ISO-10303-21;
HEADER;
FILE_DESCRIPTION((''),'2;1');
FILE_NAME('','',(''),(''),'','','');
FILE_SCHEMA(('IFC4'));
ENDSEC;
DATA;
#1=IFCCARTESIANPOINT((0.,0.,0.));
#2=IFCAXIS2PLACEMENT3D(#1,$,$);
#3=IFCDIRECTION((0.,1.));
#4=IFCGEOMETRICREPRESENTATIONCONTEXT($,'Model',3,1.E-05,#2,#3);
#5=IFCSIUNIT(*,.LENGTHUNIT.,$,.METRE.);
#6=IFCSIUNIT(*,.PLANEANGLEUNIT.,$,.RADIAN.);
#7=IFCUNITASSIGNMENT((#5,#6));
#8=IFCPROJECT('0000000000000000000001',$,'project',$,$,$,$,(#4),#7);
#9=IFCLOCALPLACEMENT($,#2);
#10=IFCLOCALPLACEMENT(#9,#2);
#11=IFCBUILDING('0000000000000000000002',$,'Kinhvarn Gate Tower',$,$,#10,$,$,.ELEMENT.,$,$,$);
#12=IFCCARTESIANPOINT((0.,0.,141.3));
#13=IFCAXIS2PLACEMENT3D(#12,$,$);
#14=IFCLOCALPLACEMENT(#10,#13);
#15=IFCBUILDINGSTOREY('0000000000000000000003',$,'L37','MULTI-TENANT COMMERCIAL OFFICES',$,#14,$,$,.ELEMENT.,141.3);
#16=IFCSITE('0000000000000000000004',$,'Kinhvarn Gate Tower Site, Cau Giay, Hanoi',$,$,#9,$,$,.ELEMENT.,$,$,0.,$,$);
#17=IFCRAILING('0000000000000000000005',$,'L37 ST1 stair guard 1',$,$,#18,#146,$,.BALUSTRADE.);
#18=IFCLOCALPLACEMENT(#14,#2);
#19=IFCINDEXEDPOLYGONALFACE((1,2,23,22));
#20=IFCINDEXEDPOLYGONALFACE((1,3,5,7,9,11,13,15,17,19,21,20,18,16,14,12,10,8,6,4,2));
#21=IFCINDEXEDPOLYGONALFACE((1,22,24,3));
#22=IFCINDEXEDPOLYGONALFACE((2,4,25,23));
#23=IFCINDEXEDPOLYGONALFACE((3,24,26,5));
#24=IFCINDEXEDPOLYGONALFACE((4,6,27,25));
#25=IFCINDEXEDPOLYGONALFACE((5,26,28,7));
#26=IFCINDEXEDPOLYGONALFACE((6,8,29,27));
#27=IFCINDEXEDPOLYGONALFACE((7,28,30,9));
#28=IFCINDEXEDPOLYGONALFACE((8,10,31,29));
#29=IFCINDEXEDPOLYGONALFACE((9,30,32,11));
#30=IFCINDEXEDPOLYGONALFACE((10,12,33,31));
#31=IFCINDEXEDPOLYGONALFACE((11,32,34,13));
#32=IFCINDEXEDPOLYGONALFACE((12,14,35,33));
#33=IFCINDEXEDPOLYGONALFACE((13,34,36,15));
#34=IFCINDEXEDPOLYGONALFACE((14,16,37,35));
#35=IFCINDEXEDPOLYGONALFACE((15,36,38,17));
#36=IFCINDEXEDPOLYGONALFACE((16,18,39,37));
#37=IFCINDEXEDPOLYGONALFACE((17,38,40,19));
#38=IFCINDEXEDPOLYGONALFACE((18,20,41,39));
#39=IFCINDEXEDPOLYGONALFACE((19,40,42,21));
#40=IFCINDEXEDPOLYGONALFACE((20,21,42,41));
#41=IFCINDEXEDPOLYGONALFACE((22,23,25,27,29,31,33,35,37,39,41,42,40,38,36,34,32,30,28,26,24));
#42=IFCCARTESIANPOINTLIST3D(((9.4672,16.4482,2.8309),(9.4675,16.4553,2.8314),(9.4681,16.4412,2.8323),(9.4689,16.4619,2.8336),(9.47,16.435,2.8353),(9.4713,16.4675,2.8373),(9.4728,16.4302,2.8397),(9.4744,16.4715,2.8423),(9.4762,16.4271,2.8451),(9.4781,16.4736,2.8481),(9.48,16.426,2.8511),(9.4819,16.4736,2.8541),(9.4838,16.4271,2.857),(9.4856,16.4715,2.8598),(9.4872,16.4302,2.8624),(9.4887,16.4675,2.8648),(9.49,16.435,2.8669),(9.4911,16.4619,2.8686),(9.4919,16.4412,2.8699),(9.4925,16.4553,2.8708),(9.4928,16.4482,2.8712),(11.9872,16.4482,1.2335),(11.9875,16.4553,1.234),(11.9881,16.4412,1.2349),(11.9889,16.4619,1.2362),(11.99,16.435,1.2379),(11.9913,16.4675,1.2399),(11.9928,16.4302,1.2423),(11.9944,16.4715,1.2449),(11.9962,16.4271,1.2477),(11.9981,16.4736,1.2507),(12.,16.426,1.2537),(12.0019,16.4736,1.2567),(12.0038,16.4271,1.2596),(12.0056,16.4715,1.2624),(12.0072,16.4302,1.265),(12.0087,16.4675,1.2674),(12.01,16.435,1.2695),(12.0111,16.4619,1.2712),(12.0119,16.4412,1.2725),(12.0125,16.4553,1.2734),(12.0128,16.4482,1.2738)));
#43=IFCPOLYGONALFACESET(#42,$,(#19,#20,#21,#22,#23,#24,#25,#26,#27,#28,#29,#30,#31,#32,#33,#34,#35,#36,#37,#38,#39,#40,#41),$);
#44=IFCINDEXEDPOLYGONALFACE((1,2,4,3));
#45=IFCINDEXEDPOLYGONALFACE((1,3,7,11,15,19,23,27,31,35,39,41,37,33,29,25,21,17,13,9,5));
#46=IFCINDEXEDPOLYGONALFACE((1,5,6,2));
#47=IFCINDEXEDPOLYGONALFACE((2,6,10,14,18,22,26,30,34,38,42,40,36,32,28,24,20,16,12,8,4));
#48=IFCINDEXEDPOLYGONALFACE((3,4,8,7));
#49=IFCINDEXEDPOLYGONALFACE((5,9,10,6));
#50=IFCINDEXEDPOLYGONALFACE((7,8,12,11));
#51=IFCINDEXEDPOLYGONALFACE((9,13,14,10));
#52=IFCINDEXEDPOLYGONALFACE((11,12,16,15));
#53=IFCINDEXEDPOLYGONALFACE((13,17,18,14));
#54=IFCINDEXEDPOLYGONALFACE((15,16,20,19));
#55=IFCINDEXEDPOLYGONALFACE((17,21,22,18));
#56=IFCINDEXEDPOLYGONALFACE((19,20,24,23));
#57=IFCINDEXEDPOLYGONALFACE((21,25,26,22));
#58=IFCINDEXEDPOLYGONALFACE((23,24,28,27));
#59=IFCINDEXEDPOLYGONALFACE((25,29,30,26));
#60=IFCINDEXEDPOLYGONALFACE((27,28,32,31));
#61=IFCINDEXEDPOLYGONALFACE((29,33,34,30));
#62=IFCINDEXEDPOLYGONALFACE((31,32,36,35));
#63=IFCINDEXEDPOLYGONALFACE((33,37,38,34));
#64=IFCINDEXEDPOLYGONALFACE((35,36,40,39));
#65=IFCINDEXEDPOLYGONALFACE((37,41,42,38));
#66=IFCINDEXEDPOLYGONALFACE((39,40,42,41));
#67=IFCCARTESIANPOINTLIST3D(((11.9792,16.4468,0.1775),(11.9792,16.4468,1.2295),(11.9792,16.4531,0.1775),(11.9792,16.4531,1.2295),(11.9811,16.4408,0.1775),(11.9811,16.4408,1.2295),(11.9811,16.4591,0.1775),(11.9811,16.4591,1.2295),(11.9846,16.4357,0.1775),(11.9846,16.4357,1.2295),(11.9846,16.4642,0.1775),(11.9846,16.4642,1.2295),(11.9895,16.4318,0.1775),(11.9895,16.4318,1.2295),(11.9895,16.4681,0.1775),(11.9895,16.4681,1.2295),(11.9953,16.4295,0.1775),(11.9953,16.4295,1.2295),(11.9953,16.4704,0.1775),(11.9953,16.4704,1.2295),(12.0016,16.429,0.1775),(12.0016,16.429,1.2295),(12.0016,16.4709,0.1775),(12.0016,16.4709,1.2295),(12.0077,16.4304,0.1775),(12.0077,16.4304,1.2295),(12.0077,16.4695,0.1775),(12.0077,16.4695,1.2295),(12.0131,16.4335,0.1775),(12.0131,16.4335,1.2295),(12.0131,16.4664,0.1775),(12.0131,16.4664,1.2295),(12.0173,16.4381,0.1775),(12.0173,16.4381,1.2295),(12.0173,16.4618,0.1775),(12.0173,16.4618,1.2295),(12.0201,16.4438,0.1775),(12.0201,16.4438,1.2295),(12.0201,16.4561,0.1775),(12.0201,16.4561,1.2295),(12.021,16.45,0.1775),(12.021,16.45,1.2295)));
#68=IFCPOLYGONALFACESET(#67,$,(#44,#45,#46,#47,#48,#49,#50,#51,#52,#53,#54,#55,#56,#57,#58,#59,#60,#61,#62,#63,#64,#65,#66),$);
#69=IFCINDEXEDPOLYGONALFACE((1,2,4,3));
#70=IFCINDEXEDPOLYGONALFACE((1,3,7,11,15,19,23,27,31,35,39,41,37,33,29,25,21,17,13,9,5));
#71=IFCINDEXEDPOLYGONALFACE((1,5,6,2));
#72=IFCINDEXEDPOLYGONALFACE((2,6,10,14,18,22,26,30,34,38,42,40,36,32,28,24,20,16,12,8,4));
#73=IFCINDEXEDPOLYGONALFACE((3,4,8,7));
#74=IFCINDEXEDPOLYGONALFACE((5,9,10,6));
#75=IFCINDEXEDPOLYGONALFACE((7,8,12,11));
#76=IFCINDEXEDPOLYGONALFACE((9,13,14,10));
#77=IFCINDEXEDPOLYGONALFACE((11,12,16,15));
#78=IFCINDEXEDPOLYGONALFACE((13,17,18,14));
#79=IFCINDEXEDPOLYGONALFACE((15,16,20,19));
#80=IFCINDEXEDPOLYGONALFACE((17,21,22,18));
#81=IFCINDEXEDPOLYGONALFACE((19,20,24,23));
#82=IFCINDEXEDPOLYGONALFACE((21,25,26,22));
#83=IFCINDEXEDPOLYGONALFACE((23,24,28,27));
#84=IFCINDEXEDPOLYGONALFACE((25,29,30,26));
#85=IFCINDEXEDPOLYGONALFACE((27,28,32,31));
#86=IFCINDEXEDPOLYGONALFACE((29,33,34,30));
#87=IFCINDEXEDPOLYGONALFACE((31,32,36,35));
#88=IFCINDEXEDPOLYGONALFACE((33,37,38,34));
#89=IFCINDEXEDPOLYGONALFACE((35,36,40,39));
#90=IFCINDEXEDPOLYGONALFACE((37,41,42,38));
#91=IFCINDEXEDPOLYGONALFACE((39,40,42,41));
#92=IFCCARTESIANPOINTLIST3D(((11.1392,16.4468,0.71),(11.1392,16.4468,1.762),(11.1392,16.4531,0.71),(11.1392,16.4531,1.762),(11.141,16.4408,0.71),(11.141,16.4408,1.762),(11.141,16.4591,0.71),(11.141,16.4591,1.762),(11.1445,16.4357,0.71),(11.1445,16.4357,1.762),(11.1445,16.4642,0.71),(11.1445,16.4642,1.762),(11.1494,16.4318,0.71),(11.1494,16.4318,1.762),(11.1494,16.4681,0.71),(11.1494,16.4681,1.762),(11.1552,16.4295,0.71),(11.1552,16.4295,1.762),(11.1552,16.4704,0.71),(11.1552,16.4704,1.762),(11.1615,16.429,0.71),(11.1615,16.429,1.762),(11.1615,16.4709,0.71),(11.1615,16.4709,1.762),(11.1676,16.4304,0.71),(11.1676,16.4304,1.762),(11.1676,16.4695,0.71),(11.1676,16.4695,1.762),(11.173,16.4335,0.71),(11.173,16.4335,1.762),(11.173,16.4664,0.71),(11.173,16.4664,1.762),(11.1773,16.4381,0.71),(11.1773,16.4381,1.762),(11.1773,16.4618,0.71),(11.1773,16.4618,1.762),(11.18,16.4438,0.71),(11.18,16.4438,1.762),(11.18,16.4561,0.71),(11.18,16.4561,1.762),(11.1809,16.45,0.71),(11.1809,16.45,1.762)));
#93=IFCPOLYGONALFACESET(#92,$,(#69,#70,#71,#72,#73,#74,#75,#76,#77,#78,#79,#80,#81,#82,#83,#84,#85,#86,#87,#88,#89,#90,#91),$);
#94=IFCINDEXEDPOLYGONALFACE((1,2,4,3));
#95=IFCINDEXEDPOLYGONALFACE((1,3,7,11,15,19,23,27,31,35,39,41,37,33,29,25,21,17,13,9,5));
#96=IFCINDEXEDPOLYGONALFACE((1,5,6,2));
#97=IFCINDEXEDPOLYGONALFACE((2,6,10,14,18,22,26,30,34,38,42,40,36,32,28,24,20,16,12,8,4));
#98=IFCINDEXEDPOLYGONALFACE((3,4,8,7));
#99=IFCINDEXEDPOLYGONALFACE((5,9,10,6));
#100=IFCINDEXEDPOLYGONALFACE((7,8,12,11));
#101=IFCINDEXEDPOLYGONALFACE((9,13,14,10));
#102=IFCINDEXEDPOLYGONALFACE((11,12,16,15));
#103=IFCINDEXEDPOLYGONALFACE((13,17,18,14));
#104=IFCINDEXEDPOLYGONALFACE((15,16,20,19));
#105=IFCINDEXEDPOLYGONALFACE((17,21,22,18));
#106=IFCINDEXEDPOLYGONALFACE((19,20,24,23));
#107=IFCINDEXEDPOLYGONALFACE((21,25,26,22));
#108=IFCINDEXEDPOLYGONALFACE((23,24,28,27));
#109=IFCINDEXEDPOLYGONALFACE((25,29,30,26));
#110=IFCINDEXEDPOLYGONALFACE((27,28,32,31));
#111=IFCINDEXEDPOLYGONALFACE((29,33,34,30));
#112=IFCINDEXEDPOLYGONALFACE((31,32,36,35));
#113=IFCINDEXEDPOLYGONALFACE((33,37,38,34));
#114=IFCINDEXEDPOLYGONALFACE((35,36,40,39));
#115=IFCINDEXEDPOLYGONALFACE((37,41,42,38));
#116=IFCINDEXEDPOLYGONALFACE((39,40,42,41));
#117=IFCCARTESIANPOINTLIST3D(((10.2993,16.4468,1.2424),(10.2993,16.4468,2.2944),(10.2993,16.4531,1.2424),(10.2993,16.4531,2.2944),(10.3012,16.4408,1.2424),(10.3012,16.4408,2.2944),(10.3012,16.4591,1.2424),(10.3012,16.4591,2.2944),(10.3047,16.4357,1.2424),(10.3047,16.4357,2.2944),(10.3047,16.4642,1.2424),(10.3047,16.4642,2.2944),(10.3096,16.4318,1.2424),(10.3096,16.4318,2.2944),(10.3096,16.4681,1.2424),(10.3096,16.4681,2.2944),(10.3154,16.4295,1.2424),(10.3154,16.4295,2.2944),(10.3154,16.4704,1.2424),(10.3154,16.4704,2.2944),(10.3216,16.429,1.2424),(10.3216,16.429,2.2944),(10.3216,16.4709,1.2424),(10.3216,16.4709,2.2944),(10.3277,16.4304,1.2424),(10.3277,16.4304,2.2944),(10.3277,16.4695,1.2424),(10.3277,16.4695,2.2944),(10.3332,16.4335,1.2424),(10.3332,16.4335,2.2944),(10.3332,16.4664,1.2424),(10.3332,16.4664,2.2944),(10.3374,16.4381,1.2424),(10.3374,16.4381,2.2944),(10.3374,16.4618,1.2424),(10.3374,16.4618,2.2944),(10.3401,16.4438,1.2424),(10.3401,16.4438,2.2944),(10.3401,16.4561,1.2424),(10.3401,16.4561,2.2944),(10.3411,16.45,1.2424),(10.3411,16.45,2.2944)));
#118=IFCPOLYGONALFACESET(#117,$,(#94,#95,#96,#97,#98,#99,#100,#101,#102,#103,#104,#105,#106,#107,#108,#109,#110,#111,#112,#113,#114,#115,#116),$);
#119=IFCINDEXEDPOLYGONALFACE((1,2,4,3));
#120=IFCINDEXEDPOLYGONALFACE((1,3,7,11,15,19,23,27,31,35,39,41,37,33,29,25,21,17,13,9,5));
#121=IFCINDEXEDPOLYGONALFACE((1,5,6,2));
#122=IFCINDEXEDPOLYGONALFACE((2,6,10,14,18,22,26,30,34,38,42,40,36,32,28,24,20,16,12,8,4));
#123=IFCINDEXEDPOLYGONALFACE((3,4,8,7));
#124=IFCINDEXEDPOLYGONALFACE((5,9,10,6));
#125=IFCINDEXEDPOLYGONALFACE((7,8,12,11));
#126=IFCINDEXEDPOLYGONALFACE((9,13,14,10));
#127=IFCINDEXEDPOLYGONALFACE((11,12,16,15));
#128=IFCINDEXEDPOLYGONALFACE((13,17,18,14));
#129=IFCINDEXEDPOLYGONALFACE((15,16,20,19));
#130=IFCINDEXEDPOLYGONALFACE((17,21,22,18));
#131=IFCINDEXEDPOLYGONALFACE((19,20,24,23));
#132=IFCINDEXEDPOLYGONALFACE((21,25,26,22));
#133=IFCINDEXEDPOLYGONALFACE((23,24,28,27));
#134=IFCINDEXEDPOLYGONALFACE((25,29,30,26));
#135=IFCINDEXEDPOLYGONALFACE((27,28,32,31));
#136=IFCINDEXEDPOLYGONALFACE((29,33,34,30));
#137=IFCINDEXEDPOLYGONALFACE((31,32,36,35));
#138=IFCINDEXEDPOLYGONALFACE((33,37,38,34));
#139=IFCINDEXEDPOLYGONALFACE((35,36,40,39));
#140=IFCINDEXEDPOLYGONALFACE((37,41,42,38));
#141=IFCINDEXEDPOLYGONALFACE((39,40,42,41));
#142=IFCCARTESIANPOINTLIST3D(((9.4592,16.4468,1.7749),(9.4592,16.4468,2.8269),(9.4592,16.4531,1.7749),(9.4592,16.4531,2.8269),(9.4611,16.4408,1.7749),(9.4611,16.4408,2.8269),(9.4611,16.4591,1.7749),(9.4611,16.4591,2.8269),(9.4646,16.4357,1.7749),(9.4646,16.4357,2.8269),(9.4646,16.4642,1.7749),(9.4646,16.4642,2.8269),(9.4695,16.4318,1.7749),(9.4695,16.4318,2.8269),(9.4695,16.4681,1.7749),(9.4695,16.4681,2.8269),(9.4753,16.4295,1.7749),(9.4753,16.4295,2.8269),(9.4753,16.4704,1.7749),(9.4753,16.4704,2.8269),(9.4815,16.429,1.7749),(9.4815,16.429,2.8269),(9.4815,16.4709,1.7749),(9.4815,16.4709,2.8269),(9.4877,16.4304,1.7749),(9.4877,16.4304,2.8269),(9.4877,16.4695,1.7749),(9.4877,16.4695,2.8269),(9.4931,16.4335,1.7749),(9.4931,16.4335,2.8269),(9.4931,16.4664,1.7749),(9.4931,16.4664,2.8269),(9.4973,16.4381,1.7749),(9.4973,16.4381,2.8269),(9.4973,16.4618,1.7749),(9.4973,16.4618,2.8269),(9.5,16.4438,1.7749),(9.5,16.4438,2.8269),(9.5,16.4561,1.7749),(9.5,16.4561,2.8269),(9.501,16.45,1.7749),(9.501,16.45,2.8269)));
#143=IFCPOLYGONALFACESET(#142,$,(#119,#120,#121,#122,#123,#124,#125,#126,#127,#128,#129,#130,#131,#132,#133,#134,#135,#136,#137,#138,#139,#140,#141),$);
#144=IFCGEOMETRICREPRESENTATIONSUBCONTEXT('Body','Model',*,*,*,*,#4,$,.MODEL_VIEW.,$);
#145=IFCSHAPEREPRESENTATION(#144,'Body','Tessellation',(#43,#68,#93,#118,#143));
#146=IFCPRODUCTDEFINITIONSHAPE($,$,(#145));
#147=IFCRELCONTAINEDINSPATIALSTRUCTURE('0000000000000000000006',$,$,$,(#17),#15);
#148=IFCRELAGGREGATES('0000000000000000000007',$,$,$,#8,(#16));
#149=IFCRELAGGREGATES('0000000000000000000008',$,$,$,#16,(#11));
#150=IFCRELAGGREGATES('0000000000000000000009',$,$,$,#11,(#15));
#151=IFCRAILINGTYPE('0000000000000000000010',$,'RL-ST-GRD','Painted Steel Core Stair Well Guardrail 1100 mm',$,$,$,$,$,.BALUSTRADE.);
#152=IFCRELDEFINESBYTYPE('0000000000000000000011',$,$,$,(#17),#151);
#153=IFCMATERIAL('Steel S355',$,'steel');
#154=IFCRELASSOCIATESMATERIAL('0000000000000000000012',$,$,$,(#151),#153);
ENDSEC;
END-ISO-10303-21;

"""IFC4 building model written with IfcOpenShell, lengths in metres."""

from ifc_helpers import new_model, si_unit, direction, frame, origin, origin_2d, place, context, subcontext, project, spatial, circle, extrude, material, type_object, element, save


model = new_model("IFC4")

# Units and contexts
model_context = context("Model", 3, precision=1e-05, world=origin(), true_north=direction((0.0, 1.0)))
body_context = subcontext(model_context, "Body", "Model", "MODEL_VIEW")
ifc_project = project(units=[si_unit("LENGTHUNIT", "METRE"), si_unit("PLANEANGLEUNIT", "RADIAN")], contexts=[model_context])

# Site, building, storey
site_placement = place(None, origin())
site = spatial("IfcSite", under=ifc_project, at=site_placement, Name="Kinhvarn Gate Tower Site, Cau Giay, Hanoi", CompositionType="ELEMENT", RefElevation=0.0)
building_placement = place(site_placement, origin())
building = spatial("IfcBuilding", under=site, at=building_placement, Name="Kinhvarn Gate Tower", CompositionType="ELEMENT")
storey_placement = place(building_placement, frame((0.0, 0.0, 141.3)))
storey = spatial("IfcBuildingStorey", under=building, at=storey_placement, Name="L37", Description="MULTI-TENANT COMMERCIAL OFFICES", CompositionType="ELEMENT", Elevation=141.3)

# Shared definitions
ifc_material_1 = material(Name="Steel S355", Category="steel")

# Railing
railing_type_1 = type_object("IfcRailingType", Name="RL-ST-GRD", Description="Painted Steel Core Stair Well Guardrail 1100 mm", PredefinedType="BALUSTRADE", material=ifc_material_1)
railing_1_placement = place(storey_placement, frame((12.0, 16.45, 0.1775)))
element("IfcRailing", 1, at=railing_1_placement, inside=storey, type_object=railing_type_1, Name="L37 ST1 stair guard 1", PredefinedType="BALUSTRADE", context=body_context, shape_type="SweptSolid", body=[
    extrude(circle(Radius=0.0239, at=origin_2d()), frame((0.0, 0.0, 1.0762), z_axis=(-0.844607, 0.0, 0.535387), x_axis=(0.0, -1.0, 0.0)), (0.0, 0.0, 1.0), 2.9836),
    extrude(circle(Radius=0.021, at=origin_2d()), origin(), (0.0, 0.0, 1.0), 1.052),
    extrude(circle(Radius=0.021, at=origin_2d()), frame((-0.8401, 0.0, 0.5325)), (0.0, 0.0, 1.0), 1.052),
    extrude(circle(Radius=0.021, at=origin_2d()), frame((-1.6799, 0.0, 1.0649)), (0.0, 0.0, 1.0), 1.052),
    extrude(circle(Radius=0.021, at=origin_2d()), frame((-2.52, 0.0, 1.5974)), (0.0, 0.0, 1.0), 1.052),
])

save(model, "model.ifc")
